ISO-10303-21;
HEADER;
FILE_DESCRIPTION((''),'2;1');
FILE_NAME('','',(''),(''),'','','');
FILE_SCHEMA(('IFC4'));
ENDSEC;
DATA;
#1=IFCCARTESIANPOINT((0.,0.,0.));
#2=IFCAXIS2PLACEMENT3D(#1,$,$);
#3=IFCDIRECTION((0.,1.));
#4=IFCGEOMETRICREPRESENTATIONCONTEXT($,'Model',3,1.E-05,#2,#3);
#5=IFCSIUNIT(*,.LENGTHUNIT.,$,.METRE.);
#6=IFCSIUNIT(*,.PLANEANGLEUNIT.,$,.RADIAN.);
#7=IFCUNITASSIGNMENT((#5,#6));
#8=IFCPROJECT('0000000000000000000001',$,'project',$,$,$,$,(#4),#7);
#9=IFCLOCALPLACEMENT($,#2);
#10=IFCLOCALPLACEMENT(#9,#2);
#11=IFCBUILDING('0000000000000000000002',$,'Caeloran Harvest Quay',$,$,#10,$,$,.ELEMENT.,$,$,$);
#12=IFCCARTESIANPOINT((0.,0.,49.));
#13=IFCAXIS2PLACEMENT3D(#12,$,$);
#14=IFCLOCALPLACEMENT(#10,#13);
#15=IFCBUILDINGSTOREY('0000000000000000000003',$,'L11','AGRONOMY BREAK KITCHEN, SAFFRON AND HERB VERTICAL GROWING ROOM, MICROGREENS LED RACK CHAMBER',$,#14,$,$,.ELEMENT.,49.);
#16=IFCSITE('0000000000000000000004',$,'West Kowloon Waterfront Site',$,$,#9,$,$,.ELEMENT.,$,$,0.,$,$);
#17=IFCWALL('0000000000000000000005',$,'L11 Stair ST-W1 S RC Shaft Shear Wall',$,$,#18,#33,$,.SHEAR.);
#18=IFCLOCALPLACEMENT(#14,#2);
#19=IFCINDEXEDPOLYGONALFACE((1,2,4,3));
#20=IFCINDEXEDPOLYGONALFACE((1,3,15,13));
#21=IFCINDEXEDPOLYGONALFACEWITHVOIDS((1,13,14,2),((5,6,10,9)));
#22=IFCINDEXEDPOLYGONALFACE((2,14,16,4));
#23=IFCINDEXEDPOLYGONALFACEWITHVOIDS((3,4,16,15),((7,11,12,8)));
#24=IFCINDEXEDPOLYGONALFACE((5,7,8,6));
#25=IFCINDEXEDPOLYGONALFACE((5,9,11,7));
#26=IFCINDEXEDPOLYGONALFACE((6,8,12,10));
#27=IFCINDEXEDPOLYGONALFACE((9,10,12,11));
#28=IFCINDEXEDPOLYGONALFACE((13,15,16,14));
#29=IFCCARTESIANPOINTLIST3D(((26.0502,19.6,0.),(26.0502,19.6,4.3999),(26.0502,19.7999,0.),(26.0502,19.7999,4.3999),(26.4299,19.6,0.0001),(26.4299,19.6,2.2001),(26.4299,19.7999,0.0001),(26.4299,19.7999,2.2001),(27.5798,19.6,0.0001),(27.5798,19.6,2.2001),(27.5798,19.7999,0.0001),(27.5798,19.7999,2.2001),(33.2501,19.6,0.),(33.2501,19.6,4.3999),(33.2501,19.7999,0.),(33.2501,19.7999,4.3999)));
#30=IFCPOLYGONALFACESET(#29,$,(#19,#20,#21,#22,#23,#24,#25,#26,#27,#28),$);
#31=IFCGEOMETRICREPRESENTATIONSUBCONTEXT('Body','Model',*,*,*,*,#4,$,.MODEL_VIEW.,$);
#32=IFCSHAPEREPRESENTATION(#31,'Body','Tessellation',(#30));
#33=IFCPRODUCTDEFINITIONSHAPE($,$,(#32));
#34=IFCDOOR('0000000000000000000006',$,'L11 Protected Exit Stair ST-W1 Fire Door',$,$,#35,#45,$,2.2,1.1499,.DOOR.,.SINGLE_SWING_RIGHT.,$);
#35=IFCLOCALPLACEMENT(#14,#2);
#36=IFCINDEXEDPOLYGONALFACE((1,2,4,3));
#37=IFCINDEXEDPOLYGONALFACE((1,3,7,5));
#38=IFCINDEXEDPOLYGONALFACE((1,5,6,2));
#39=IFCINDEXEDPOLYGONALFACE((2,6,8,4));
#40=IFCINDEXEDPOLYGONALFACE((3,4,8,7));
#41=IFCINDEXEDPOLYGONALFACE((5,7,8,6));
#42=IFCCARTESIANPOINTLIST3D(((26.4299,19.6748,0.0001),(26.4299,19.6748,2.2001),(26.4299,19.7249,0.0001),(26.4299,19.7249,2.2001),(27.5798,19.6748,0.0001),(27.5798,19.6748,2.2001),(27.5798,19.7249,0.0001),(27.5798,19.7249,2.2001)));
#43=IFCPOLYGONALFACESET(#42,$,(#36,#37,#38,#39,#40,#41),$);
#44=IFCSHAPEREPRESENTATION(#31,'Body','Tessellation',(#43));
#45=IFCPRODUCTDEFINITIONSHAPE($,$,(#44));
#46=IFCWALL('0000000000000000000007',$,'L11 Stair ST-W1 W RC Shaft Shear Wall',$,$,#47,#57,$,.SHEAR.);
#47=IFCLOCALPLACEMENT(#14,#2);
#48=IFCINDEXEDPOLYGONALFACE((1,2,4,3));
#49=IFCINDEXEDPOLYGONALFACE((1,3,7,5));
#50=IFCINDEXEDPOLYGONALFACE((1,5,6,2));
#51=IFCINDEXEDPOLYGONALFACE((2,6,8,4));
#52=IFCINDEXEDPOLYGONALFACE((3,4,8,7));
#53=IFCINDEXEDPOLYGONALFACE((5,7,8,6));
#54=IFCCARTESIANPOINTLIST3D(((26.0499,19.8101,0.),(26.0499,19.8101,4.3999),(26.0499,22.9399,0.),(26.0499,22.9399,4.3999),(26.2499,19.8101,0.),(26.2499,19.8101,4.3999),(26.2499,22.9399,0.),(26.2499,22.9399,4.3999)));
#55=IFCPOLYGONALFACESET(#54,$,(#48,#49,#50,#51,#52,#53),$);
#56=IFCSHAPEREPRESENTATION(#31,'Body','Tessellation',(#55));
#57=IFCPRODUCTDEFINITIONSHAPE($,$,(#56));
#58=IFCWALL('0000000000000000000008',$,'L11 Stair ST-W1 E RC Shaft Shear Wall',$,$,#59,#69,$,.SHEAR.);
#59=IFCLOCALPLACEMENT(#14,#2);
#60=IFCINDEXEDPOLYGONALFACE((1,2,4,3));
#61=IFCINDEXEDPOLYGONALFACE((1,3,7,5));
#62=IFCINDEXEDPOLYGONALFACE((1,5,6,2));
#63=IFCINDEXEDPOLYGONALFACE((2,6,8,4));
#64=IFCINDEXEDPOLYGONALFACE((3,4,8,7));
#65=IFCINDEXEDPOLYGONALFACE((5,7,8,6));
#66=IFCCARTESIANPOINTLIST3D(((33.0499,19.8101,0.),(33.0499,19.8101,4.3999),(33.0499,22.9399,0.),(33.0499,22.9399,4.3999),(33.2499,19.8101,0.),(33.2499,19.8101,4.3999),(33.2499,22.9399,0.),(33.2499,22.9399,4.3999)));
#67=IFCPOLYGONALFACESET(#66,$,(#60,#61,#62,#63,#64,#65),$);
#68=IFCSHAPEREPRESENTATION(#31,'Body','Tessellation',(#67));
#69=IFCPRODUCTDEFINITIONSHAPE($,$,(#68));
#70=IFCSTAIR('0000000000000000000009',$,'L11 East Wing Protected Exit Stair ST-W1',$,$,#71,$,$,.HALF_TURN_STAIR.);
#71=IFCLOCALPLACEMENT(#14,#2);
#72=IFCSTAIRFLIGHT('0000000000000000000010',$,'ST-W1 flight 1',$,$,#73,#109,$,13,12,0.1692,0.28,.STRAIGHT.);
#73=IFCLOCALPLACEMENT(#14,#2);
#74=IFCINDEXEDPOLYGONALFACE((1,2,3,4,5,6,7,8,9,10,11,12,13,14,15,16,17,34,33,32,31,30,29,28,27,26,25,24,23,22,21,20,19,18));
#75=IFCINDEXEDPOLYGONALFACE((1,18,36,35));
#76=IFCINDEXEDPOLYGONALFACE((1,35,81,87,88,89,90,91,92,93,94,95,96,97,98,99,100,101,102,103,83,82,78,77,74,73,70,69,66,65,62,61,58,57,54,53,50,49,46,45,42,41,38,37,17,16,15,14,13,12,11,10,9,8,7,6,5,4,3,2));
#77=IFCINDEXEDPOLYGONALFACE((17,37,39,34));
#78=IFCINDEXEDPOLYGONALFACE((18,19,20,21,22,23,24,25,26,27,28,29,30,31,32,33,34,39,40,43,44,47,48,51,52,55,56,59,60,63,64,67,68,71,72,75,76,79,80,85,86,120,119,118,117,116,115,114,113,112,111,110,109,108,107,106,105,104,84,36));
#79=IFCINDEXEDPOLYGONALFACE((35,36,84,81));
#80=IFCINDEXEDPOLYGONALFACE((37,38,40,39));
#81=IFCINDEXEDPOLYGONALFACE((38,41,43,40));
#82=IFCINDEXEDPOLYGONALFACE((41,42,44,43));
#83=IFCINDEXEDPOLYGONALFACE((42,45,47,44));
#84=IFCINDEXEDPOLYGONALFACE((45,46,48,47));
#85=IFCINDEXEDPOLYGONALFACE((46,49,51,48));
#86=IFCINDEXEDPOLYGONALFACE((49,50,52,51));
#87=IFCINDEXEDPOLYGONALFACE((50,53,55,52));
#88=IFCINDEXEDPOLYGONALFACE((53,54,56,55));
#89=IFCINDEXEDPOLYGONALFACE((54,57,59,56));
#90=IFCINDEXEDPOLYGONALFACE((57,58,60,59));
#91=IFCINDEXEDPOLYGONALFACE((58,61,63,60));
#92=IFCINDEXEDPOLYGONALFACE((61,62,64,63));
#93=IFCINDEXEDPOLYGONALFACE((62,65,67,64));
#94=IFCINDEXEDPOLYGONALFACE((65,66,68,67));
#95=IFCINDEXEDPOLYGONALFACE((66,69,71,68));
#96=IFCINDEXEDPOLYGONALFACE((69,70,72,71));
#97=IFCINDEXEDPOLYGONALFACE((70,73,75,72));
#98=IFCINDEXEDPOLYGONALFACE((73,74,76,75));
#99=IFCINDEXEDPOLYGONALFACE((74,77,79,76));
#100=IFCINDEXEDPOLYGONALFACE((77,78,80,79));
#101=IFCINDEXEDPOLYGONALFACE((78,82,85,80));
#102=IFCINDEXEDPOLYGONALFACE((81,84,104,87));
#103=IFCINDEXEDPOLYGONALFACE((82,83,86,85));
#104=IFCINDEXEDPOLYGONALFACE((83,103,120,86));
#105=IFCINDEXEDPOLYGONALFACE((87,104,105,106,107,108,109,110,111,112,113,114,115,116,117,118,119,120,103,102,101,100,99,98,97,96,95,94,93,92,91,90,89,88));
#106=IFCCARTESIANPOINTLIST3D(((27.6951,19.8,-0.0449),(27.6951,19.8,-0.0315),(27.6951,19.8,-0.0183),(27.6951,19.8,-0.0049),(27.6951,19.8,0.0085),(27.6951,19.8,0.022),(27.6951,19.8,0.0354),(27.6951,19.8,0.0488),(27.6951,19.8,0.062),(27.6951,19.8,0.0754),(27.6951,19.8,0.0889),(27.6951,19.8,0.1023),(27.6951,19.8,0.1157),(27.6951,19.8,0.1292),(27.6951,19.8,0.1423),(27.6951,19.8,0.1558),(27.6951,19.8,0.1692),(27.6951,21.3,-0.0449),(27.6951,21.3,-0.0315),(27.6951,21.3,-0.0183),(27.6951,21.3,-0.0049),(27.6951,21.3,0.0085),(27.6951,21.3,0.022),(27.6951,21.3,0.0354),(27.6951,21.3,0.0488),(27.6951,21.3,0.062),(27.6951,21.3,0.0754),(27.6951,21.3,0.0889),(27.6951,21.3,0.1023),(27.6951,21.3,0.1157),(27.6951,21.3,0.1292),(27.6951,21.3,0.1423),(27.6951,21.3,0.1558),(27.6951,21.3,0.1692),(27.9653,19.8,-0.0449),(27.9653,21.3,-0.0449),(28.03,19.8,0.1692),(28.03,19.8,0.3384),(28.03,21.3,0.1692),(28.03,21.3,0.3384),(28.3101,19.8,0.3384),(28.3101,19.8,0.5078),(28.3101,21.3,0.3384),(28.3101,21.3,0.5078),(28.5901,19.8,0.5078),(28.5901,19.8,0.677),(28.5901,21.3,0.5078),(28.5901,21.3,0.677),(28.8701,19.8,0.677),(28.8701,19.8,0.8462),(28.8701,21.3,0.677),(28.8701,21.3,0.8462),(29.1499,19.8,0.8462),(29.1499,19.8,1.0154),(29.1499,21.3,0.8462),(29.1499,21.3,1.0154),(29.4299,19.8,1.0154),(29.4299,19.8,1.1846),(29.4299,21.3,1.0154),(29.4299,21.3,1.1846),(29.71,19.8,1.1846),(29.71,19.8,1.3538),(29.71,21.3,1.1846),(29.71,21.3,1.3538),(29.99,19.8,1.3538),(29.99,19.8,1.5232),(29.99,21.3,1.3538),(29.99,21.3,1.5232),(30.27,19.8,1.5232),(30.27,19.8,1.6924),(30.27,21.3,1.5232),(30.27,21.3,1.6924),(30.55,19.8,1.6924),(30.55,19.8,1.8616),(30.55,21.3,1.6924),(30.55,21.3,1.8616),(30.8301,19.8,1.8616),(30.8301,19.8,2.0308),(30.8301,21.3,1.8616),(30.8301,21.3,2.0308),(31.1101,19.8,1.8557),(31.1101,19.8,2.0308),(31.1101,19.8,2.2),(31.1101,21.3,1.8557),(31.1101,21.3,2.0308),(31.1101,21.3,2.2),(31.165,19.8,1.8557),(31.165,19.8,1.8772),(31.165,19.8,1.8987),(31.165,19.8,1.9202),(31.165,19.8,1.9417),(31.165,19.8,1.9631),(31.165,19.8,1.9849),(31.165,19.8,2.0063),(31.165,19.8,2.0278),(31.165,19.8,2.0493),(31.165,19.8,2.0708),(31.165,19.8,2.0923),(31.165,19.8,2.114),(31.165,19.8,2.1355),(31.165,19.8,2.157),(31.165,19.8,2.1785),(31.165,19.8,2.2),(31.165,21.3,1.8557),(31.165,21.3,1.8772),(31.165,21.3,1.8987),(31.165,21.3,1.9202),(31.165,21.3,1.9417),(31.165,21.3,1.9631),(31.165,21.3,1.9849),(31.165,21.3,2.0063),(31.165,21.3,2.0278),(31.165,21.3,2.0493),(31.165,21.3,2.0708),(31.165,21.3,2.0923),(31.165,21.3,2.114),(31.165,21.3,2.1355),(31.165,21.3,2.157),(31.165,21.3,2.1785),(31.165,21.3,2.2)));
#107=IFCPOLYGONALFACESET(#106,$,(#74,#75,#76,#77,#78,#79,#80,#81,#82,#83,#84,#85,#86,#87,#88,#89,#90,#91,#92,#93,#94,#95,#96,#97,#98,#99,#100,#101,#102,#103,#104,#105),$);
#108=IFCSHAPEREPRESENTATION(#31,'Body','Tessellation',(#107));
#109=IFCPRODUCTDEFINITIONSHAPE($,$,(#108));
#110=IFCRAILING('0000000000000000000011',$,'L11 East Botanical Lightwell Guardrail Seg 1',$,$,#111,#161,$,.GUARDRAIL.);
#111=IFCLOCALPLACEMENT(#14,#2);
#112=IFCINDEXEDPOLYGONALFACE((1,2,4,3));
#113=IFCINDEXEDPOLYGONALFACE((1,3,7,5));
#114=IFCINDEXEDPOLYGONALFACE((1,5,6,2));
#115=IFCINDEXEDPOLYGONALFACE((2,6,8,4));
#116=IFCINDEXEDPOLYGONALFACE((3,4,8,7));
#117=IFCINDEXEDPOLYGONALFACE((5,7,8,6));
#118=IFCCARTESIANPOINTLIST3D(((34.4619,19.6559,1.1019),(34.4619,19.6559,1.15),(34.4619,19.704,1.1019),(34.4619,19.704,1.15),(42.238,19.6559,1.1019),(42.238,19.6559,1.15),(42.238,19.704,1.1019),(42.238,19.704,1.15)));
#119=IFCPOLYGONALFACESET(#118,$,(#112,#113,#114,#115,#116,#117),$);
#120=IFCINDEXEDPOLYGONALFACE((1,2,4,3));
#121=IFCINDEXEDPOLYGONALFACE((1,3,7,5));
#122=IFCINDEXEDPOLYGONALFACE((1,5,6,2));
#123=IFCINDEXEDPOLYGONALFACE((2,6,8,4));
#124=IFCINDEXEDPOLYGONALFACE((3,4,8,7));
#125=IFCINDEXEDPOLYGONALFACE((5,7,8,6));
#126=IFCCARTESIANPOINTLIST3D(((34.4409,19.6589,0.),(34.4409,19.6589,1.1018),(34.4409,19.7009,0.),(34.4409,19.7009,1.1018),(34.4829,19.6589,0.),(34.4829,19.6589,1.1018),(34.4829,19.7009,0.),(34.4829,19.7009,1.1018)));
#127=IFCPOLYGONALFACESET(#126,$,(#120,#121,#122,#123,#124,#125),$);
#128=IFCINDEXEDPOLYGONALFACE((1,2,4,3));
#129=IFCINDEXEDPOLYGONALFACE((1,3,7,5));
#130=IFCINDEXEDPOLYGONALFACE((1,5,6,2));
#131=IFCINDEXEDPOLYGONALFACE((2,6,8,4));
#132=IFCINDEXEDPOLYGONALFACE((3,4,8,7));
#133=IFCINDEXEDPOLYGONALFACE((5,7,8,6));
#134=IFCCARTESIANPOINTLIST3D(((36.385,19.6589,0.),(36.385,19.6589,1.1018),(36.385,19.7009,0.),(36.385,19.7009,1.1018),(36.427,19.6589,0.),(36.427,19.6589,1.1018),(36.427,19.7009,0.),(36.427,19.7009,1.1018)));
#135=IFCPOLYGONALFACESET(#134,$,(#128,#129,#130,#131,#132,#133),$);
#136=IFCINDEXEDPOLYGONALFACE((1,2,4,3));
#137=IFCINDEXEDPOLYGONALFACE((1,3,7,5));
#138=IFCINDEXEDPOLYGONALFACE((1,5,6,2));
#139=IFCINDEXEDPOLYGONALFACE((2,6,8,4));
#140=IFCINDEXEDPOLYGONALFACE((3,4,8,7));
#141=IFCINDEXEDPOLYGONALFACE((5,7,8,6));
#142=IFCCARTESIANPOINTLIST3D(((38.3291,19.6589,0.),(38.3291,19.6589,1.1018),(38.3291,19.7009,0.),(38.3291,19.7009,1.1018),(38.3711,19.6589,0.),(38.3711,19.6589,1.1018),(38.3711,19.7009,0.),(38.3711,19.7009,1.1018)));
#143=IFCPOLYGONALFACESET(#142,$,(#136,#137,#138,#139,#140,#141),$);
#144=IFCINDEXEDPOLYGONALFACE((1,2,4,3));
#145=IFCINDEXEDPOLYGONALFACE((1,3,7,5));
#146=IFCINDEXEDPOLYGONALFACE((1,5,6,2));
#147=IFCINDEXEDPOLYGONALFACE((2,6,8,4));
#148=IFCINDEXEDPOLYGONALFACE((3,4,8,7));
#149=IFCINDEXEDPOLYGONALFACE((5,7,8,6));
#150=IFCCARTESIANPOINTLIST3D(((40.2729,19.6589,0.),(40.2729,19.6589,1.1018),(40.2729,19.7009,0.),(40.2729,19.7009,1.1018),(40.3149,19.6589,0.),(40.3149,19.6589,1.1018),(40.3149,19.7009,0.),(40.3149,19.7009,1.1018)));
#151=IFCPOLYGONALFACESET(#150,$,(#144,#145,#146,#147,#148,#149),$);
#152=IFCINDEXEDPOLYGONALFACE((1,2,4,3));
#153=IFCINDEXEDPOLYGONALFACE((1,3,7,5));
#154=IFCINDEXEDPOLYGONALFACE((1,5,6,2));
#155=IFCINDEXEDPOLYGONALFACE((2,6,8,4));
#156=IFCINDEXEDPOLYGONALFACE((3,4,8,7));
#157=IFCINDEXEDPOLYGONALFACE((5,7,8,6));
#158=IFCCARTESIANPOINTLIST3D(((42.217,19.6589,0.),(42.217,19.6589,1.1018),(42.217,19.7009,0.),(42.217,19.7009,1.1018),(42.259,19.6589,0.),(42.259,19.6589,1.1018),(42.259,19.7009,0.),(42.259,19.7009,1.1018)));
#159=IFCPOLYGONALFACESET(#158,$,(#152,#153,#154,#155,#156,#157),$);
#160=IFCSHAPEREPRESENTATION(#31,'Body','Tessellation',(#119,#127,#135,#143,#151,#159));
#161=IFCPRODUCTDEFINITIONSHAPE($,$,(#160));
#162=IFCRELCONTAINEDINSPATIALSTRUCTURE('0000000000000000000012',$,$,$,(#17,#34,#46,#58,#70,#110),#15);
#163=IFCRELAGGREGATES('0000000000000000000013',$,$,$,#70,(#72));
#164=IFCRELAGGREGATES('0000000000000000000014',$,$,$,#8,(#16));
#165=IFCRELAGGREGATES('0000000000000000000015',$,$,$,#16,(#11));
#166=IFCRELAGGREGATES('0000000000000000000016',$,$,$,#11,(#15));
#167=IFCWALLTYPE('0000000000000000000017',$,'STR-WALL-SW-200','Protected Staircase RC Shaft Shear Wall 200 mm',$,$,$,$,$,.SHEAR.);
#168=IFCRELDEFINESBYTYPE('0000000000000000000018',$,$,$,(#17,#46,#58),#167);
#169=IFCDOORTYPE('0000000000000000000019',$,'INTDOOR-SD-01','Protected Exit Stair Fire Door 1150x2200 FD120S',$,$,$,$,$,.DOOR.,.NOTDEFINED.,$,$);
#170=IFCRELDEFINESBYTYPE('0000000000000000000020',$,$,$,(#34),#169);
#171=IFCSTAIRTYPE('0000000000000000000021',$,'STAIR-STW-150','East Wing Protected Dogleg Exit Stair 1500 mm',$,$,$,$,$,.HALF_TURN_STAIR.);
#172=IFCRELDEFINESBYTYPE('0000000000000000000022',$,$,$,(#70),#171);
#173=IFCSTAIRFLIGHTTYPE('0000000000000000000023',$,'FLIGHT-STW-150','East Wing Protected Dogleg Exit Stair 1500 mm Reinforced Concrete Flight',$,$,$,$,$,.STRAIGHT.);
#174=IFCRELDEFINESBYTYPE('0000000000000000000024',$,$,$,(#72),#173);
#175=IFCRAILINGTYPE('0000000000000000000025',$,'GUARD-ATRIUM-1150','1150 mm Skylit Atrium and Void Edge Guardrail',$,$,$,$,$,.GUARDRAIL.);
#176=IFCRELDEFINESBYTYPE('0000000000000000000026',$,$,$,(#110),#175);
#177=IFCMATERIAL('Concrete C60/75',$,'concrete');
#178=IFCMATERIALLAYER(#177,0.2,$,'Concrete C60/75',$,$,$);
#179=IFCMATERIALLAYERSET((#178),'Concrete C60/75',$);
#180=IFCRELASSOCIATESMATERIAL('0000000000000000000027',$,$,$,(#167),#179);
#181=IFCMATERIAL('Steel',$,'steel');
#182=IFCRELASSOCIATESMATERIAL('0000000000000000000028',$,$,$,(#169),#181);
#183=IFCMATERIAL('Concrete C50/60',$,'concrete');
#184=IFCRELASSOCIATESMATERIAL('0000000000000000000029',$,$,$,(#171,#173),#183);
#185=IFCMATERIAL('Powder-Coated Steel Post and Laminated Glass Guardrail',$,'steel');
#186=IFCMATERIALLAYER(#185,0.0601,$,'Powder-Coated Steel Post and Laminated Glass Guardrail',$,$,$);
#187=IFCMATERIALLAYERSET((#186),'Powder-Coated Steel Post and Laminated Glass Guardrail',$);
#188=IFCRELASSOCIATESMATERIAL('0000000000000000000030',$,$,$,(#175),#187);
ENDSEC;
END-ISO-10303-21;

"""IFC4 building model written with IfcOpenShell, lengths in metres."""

from ifc_helpers import new_model, si_unit, direction, frame, frame_2d, origin, origin_2d, place, context, subcontext, project, spatial, polyline, rectangle, outline, extrude, material, layer, layer_set, type_object, element, fill, aggregate, save


model = new_model("IFC4")

# Units and contexts
model_context = context("Model", 3, precision=1e-05, world=origin(), true_north=direction((0.0, 1.0)))
body_context = subcontext(model_context, "Body", "Model", "MODEL_VIEW")
ifc_project = project(units=[si_unit("LENGTHUNIT", "METRE"), si_unit("PLANEANGLEUNIT", "RADIAN")], contexts=[model_context])

# Site, building, storey
site_placement = place(None, origin())
site = spatial("IfcSite", under=ifc_project, at=site_placement, Name="West Kowloon Waterfront Site", CompositionType="ELEMENT", RefElevation=0.0)
building_placement = place(site_placement, origin())
building = spatial("IfcBuilding", under=site, at=building_placement, Name="Caeloran Harvest Quay", CompositionType="ELEMENT")
storey_placement = place(building_placement, frame((0.0, 0.0, 49.0)))
storey = spatial("IfcBuildingStorey", under=building, at=storey_placement, Name="L11", Description="AGRONOMY BREAK KITCHEN, SAFFRON AND HERB VERTICAL GROWING ROOM, MICROGREENS LED RACK CHAMBER", CompositionType="ELEMENT", Elevation=49.0)

# Wall, opening, door
ifc_material_1 = material(Name="Concrete C60/75", Category="concrete")
ifc_layer_1 = layer(ifc_material_1, 0.2, Name="Concrete C60/75")
ifc_layer_set_1 = layer_set([ifc_layer_1], Name="Concrete C60/75")
wall_type_1 = type_object("IfcWallType", Name="STR-WALL-SW-200", Description="Protected Staircase RC Shaft Shear Wall 200 mm", PredefinedType="SHEAR", material=ifc_layer_set_1)
wall_1_placement = place(storey_placement, frame((26.05, 19.7, 0.0), z_axis=(0.0, 0.0, 1.0), x_axis=(1.0, 0.0, 0.0)))
wall_1 = element("IfcWall", 1, at=wall_1_placement, inside=storey, type_object=wall_type_1, Name="L11 Stair ST-W1 S RC Shaft Shear Wall", PredefinedType="SHEAR", context=body_context, shape_type="SweptSolid", body=[
    extrude(rectangle(XDim=7.2, YDim=0.2, at=frame_2d((3.6001, 0.0))), origin(), (0.0, 0.0, 1.0), 4.3999),
])
opening_1_placement = place(wall_1_placement, frame((0.3799, 0.0, 0.0)))
opening_1 = element("IfcOpeningElement", 2, at=opening_1_placement, cuts=wall_1, PredefinedType="OPENING", context=body_context, shape_type="SweptSolid", body=[
    extrude(rectangle(XDim=1.1499, YDim=2.2, at=frame_2d((0.575, 1.1001))), frame((0.0, 0.1099, 0.0), z_axis=(0.0, -1.0, 0.0), x_axis=(1.0, 0.0, 0.0)), (0.0, 0.0, 1.0), 0.22),
])
ifc_material_2 = material(Name="Steel", Category="steel")
door_type_1 = type_object("IfcDoorType", Name="INTDOOR-SD-01", Description="Protected Exit Stair Fire Door 1150x2200 FD120S", OperationType="NOTDEFINED", PredefinedType="DOOR", material=ifc_material_2)
door_1_placement = place(opening_1_placement, origin())
door_1 = element("IfcDoor", 3, at=door_1_placement, inside=storey, type_object=door_type_1, Name="L11 Protected Exit Stair ST-W1 Fire Door", OperationType="SINGLE_SWING_RIGHT", OverallHeight=2.2, OverallWidth=1.1499, PredefinedType="DOOR", context=body_context, shape_type="SweptSolid", body=[
    extrude(rectangle(XDim=1.1499, YDim=2.2, at=frame_2d((0.575, 1.1001))), frame((0.0, 0.0249, 0.0), z_axis=(0.0, -1.0, 0.0), x_axis=(1.0, 0.0, 0.0)), (0.0, 0.0, 1.0), 0.05),
])
fill(opening_1, door_1)

# Walls
for number, where, z_axis, x_axis, name in (
    (4, (26.1499, 19.8101, 0.0), (0.0, 0.0, 1.0), (0.0, 1.0, 0.0), "L11 Stair ST-W1 W RC Shaft Shear Wall"),
    (5, (33.1499, 19.8101, 0.0), (0.0, 0.0, 1.0), (0.0, 1.0, 0.0), "L11 Stair ST-W1 E RC Shaft Shear Wall"),
):
    element("IfcWall", number, at=place(storey_placement, frame(where, z_axis=z_axis, x_axis=x_axis)), inside=storey, type_object=wall_type_1, Name=name, PredefinedType="SHEAR", context=body_context, shape_type="SweptSolid", body=[
        extrude(rectangle(XDim=3.1299, YDim=0.2, at=frame_2d((1.5649, 0.0))), origin(), (0.0, 0.0, 1.0), 4.3999),
    ])

# Stair, stair flight
ifc_material_3 = material(Name="Concrete C50/60", Category="concrete")
stair_type = type_object("IfcStairType", Name="STAIR-STW-150", Description="East Wing Protected Dogleg Exit Stair 1500 mm", PredefinedType="HALF_TURN_STAIR", material=ifc_material_3)
stair_placement = place(storey_placement, origin())
stair = element("IfcStair", 6, at=stair_placement, inside=storey, type_object=stair_type, Name="L11 East Wing Protected Exit Stair ST-W1", PredefinedType="HALF_TURN_STAIR")
stair_flight_type = type_object("IfcStairFlightType", Name="FLIGHT-STW-150", Description="East Wing Protected Dogleg Exit Stair 1500 mm Reinforced Concrete Flight", PredefinedType="STRAIGHT", material=ifc_material_3)
stair_flight_placement = place(storey_placement, frame((27.75, 20.55, 0.0), z_axis=(0.0, 0.0, 1.0), x_axis=(1.0, 0.0, 0.0)))
stair_flight = element("IfcStairFlight", 7, at=stair_flight_placement, type_object=stair_flight_type, Name="ST-W1 flight 1", NumberOfRisers=13, NumberOfTreads=12, PredefinedType="STRAIGHT", RiserHeight=0.1692, TreadLength=0.28, context=body_context, shape_type="SweptSolid", body=[
    extrude(outline(polyline([(-0.0549, -0.0449), (-0.0549, -0.0315), (-0.0549, -0.0183), (-0.0549, -0.0049), (-0.0549, 0.0085), (-0.0549, 0.022), (-0.0549, 0.0354), (-0.0549, 0.0488), (-0.0549, 0.062), (-0.0549, 0.0754), (-0.0549, 0.0889), (-0.0549, 0.1023), (-0.0549, 0.1157), (-0.0549, 0.1292), (-0.0549, 0.1423), (-0.0549, 0.1558), (-0.0549, 0.1692), (0.28, 0.1692), (0.28, 0.3384), (0.5601, 0.3384), (0.5601, 0.5078), (0.8401, 0.5078), (0.8401, 0.677), (1.1201, 0.677), (1.1201, 0.8462), (1.3999, 0.8462), (1.3999, 1.0154), (1.6799, 1.0154), (1.6799, 1.1846), (1.96, 1.1846), (1.96, 1.3538), (2.24, 1.3538), (2.24, 1.5232), (2.52, 1.5232), (2.52, 1.6924), (2.8, 1.6924), (2.8, 1.8616), (3.0801, 1.8616), (3.0801, 2.0308), (3.3601, 2.0308), (3.3601, 2.2), (3.415, 2.2), (3.415, 2.1785), (3.415, 2.157), (3.415, 2.1355), (3.415, 2.114), (3.415, 2.0923), (3.415, 2.0708), (3.415, 2.0493), (3.415, 2.0278), (3.415, 2.0063), (3.415, 1.9849), (3.415, 1.9631), (3.415, 1.9417), (3.415, 1.9202), (3.415, 1.8987), (3.415, 1.8772), (3.415, 1.8557), (3.3601, 1.8557), (0.2153, -0.0449), (-0.0549, -0.0449)])), frame((0.0, 0.75, 0.0), z_axis=(0.0, -1.0, 0.0), x_axis=(1.0, 0.0, 0.0)), (0.0, 0.0, 1.0), 1.5),
])
aggregate(stair, [stair_flight])

# Railing
ifc_material_4 = material(Name="Powder-Coated Steel Post and Laminated Glass Guardrail", Category="steel")
ifc_layer_2 = layer(ifc_material_4, 0.0601, Name="Powder-Coated Steel Post and Laminated Glass Guardrail")
ifc_layer_set_2 = layer_set([ifc_layer_2], Name="Powder-Coated Steel Post and Laminated Glass Guardrail")
railing_type_1 = type_object("IfcRailingType", Name="GUARD-ATRIUM-1150", Description="1150 mm Skylit Atrium and Void Edge Guardrail", PredefinedType="GUARDRAIL", material=ifc_layer_set_2)
railing_1_placement = place(storey_placement, frame((34.4619, 19.6799, 0.0)))
element("IfcRailing", 8, at=railing_1_placement, inside=storey, type_object=railing_type_1, Name="L11 East Botanical Lightwell Guardrail Seg 1", PredefinedType="GUARDRAIL", context=body_context, shape_type="SweptSolid", body=[
    extrude(rectangle(XDim=0.0481, YDim=0.0481, at=origin_2d()), frame((0.0, 0.0, 1.126), z_axis=(1.0, 0.0, 0.0), x_axis=(0.0, 1.0, 0.0)), (0.0, 0.0, 1.0), 7.7761),
    extrude(rectangle(XDim=0.042, YDim=0.042, at=origin_2d()), origin(), (0.0, 0.0, 1.0), 1.1018),
    extrude(rectangle(XDim=0.042, YDim=0.042, at=origin_2d()), frame((1.9441, 0.0, 0.0)), (0.0, 0.0, 1.0), 1.1018),
    extrude(rectangle(XDim=0.042, YDim=0.042, at=origin_2d()), frame((3.8882, 0.0, 0.0)), (0.0, 0.0, 1.0), 1.1018),
    extrude(rectangle(XDim=0.042, YDim=0.042, at=origin_2d()), frame((5.832, 0.0, 0.0)), (0.0, 0.0, 1.0), 1.1018),
    extrude(rectangle(XDim=0.042, YDim=0.042, at=origin_2d()), frame((7.7761, 0.0, 0.0)), (0.0, 0.0, 1.0), 1.1018),
])

save(model, "model.ifc")
